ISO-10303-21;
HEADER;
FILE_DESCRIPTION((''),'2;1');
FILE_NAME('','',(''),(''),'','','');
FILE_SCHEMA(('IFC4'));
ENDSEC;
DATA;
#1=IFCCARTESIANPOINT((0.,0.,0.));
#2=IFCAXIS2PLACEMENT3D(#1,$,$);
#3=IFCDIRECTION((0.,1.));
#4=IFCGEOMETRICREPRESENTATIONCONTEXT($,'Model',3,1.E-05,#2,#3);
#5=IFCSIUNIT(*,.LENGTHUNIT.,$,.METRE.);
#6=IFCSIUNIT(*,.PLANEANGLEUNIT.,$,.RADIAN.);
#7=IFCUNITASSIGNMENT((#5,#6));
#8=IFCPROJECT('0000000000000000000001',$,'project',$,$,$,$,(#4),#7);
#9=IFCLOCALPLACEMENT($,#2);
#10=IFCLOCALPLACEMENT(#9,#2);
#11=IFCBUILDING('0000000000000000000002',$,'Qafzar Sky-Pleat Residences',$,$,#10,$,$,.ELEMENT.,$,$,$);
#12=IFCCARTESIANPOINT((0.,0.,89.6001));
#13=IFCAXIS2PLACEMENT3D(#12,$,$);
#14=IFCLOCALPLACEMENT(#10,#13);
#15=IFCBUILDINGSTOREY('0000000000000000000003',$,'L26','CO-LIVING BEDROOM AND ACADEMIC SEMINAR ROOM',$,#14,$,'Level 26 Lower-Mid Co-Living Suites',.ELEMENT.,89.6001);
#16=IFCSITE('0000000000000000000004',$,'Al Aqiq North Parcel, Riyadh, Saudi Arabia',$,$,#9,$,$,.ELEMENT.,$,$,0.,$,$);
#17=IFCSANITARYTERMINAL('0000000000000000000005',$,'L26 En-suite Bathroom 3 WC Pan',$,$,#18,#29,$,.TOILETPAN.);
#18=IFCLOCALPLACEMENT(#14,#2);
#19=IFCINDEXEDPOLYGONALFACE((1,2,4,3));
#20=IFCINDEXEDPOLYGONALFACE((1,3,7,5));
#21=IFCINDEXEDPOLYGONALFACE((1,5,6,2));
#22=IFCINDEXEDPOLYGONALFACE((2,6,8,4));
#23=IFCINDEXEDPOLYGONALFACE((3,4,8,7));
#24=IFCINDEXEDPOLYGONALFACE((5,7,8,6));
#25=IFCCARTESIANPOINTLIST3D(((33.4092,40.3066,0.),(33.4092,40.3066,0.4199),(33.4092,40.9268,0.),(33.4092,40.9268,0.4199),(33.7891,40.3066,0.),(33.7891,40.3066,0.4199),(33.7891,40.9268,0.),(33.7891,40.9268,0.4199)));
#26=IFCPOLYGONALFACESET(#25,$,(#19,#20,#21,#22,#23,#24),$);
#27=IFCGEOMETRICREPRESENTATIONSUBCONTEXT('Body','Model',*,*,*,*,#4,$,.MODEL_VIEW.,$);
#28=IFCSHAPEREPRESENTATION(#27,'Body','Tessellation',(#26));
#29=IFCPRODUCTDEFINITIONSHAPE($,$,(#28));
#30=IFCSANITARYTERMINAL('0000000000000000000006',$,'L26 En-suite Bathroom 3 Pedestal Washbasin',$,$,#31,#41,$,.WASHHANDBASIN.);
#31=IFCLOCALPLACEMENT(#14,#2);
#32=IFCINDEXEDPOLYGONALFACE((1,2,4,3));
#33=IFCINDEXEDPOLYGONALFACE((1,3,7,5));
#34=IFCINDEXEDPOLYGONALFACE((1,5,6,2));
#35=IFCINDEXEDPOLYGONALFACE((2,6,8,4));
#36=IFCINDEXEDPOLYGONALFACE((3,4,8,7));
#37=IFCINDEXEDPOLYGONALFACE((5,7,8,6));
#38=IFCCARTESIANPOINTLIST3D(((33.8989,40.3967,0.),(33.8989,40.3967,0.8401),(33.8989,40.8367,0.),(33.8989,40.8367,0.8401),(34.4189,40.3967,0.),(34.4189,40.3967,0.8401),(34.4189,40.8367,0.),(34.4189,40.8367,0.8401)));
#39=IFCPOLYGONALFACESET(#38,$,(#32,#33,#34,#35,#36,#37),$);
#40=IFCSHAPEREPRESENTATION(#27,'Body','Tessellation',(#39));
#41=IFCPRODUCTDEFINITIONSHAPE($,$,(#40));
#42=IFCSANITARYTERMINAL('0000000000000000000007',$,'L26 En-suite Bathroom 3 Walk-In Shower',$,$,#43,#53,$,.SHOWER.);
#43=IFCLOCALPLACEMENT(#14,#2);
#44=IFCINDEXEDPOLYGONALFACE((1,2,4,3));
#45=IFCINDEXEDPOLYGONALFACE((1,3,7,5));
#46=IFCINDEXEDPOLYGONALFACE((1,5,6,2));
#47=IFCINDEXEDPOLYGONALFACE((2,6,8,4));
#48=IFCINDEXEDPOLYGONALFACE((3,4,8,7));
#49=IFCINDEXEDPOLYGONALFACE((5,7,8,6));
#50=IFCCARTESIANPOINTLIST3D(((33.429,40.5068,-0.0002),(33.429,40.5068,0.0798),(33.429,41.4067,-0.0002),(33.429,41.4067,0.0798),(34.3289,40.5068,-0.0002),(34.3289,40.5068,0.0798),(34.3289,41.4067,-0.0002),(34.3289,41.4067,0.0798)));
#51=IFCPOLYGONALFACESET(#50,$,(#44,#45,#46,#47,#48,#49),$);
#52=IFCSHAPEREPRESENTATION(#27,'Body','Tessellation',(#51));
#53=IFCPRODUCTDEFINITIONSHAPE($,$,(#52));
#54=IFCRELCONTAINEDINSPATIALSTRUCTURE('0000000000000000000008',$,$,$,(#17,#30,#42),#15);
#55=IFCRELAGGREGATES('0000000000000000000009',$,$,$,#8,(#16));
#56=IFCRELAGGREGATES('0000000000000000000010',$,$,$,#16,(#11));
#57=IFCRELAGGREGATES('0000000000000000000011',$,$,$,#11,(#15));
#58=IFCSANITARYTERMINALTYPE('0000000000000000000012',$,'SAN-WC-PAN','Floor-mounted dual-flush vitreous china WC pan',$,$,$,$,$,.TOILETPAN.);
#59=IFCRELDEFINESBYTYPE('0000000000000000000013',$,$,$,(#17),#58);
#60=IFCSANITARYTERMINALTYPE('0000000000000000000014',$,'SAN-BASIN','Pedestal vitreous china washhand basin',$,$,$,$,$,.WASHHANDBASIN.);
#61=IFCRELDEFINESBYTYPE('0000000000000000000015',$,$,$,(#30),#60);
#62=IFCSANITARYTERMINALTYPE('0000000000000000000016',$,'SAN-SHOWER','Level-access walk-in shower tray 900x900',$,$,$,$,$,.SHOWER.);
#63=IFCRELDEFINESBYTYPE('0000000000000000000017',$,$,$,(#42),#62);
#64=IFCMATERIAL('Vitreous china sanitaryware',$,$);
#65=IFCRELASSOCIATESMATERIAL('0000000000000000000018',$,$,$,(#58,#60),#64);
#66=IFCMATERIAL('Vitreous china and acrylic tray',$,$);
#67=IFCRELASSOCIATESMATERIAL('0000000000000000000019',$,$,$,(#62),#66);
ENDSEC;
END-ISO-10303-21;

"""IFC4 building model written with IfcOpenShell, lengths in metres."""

from ifc_helpers import new_model, si_unit, direction, frame, origin, origin_2d, place, context, subcontext, project, spatial, rectangle, extrude, source, transform, mapped, material, type_object, element, save


model = new_model("IFC4")

# Units and contexts
model_context = context("Model", 3, precision=1e-05, world=origin(), true_north=direction((0.0, 1.0)))
body_context = subcontext(model_context, "Body", "Model", "MODEL_VIEW")
ifc_project = project(units=[si_unit("LENGTHUNIT", "METRE"), si_unit("PLANEANGLEUNIT", "RADIAN")], contexts=[model_context])

# Site, building, storey
site_placement = place(None, origin())
site = spatial("IfcSite", under=ifc_project, at=site_placement, Name="Al Aqiq North Parcel, Riyadh, Saudi Arabia", CompositionType="ELEMENT", RefElevation=0.0)
building_placement = place(site_placement, origin())
building = spatial("IfcBuilding", under=site, at=building_placement, Name="Qafzar Sky-Pleat Residences", CompositionType="ELEMENT")
storey_placement = place(building_placement, frame((0.0, 0.0, 89.6001)))
storey = spatial("IfcBuildingStorey", under=building, at=storey_placement, Name="L26", Description="CO-LIVING BEDROOM AND ACADEMIC SEMINAR ROOM", LongName="Level 26 Lower-Mid Co-Living Suites", CompositionType="ELEMENT", Elevation=89.6001)

# Sanitary terminals
ifc_material_1 = material(Name="Vitreous china sanitaryware")
sanitary_terminal_type_1 = type_object("IfcSanitaryTerminalType", Name="SAN-WC-PAN", Description="Floor-mounted dual-flush vitreous china WC pan", PredefinedType="TOILETPAN", material=ifc_material_1)
shared_shape_1 = source(origin(), body_context, "Body", "SweptSolid", [
    extrude(rectangle(XDim=0.3799, YDim=0.6201, at=origin_2d()), origin(), (0.0, 0.0, 1.0), 0.4199),
])
sanitary_terminal_1_placement = place(storey_placement, frame((33.5991, 40.6167, 0.0), z_axis=(0.0, 0.0, 1.0), x_axis=(1.0, 0.0, 0.0)))
element("IfcSanitaryTerminal", 1, at=sanitary_terminal_1_placement, inside=storey, type_object=sanitary_terminal_type_1, Name="L26 En-suite Bathroom 3 WC Pan", PredefinedType="TOILETPAN", context=body_context, shape_type="MappedRepresentation", body=[
    mapped(shared_shape_1, transform((0.0, 0.0, 0.0), x_axis=(1.0, 0.0, 0.0), y_axis=(0.0, 1.0, 0.0), z_axis=(0.0, 0.0, 1.0), scale=1.0)),
])
sanitary_terminal_type_2 = type_object("IfcSanitaryTerminalType", Name="SAN-BASIN", Description="Pedestal vitreous china washhand basin", PredefinedType="WASHHANDBASIN", material=ifc_material_1)
shared_shape_2 = source(origin(), body_context, "Body", "SweptSolid", [
    extrude(rectangle(XDim=0.52, YDim=0.4399, at=origin_2d()), origin(), (0.0, 0.0, 1.0), 0.8401),
])
sanitary_terminal_2_placement = place(storey_placement, frame((34.1589, 40.6167, 0.0), z_axis=(0.0, 0.0, 1.0), x_axis=(1.0, 0.0, 0.0)))
element("IfcSanitaryTerminal", 2, at=sanitary_terminal_2_placement, inside=storey, type_object=sanitary_terminal_type_2, Name="L26 En-suite Bathroom 3 Pedestal Washbasin", PredefinedType="WASHHANDBASIN", context=body_context, shape_type="MappedRepresentation", body=[
    mapped(shared_shape_2, transform((0.0, 0.0, 0.0), x_axis=(1.0, 0.0, 0.0), y_axis=(0.0, 1.0, 0.0), z_axis=(0.0, 0.0, 1.0), scale=1.0)),
])
ifc_material_2 = material(Name="Vitreous china and acrylic tray")
sanitary_terminal_type_3 = type_object("IfcSanitaryTerminalType", Name="SAN-SHOWER", Description="Level-access walk-in shower tray 900x900", PredefinedType="SHOWER", material=ifc_material_2)
shared_shape_3 = source(origin(), body_context, "Body", "SweptSolid", [
    extrude(rectangle(XDim=0.8999, YDim=0.8999, at=origin_2d()), origin(), (0.0, 0.0, 1.0), 0.0801),
])
sanitary_terminal_3_placement = place(storey_placement, frame((33.8789, 40.9568, -0.0002), z_axis=(0.0, 0.0, 1.0), x_axis=(1.0, 0.0, 0.0)))
element("IfcSanitaryTerminal", 3, at=sanitary_terminal_3_placement, inside=storey, type_object=sanitary_terminal_type_3, Name="L26 En-suite Bathroom 3 Walk-In Shower", PredefinedType="SHOWER", context=body_context, shape_type="MappedRepresentation", body=[
    mapped(shared_shape_3, transform((0.0, 0.0, 0.0), x_axis=(1.0, 0.0, 0.0), y_axis=(0.0, 1.0, 0.0), z_axis=(0.0, 0.0, 1.0), scale=1.0)),
])

save(model, "model.ifc")
